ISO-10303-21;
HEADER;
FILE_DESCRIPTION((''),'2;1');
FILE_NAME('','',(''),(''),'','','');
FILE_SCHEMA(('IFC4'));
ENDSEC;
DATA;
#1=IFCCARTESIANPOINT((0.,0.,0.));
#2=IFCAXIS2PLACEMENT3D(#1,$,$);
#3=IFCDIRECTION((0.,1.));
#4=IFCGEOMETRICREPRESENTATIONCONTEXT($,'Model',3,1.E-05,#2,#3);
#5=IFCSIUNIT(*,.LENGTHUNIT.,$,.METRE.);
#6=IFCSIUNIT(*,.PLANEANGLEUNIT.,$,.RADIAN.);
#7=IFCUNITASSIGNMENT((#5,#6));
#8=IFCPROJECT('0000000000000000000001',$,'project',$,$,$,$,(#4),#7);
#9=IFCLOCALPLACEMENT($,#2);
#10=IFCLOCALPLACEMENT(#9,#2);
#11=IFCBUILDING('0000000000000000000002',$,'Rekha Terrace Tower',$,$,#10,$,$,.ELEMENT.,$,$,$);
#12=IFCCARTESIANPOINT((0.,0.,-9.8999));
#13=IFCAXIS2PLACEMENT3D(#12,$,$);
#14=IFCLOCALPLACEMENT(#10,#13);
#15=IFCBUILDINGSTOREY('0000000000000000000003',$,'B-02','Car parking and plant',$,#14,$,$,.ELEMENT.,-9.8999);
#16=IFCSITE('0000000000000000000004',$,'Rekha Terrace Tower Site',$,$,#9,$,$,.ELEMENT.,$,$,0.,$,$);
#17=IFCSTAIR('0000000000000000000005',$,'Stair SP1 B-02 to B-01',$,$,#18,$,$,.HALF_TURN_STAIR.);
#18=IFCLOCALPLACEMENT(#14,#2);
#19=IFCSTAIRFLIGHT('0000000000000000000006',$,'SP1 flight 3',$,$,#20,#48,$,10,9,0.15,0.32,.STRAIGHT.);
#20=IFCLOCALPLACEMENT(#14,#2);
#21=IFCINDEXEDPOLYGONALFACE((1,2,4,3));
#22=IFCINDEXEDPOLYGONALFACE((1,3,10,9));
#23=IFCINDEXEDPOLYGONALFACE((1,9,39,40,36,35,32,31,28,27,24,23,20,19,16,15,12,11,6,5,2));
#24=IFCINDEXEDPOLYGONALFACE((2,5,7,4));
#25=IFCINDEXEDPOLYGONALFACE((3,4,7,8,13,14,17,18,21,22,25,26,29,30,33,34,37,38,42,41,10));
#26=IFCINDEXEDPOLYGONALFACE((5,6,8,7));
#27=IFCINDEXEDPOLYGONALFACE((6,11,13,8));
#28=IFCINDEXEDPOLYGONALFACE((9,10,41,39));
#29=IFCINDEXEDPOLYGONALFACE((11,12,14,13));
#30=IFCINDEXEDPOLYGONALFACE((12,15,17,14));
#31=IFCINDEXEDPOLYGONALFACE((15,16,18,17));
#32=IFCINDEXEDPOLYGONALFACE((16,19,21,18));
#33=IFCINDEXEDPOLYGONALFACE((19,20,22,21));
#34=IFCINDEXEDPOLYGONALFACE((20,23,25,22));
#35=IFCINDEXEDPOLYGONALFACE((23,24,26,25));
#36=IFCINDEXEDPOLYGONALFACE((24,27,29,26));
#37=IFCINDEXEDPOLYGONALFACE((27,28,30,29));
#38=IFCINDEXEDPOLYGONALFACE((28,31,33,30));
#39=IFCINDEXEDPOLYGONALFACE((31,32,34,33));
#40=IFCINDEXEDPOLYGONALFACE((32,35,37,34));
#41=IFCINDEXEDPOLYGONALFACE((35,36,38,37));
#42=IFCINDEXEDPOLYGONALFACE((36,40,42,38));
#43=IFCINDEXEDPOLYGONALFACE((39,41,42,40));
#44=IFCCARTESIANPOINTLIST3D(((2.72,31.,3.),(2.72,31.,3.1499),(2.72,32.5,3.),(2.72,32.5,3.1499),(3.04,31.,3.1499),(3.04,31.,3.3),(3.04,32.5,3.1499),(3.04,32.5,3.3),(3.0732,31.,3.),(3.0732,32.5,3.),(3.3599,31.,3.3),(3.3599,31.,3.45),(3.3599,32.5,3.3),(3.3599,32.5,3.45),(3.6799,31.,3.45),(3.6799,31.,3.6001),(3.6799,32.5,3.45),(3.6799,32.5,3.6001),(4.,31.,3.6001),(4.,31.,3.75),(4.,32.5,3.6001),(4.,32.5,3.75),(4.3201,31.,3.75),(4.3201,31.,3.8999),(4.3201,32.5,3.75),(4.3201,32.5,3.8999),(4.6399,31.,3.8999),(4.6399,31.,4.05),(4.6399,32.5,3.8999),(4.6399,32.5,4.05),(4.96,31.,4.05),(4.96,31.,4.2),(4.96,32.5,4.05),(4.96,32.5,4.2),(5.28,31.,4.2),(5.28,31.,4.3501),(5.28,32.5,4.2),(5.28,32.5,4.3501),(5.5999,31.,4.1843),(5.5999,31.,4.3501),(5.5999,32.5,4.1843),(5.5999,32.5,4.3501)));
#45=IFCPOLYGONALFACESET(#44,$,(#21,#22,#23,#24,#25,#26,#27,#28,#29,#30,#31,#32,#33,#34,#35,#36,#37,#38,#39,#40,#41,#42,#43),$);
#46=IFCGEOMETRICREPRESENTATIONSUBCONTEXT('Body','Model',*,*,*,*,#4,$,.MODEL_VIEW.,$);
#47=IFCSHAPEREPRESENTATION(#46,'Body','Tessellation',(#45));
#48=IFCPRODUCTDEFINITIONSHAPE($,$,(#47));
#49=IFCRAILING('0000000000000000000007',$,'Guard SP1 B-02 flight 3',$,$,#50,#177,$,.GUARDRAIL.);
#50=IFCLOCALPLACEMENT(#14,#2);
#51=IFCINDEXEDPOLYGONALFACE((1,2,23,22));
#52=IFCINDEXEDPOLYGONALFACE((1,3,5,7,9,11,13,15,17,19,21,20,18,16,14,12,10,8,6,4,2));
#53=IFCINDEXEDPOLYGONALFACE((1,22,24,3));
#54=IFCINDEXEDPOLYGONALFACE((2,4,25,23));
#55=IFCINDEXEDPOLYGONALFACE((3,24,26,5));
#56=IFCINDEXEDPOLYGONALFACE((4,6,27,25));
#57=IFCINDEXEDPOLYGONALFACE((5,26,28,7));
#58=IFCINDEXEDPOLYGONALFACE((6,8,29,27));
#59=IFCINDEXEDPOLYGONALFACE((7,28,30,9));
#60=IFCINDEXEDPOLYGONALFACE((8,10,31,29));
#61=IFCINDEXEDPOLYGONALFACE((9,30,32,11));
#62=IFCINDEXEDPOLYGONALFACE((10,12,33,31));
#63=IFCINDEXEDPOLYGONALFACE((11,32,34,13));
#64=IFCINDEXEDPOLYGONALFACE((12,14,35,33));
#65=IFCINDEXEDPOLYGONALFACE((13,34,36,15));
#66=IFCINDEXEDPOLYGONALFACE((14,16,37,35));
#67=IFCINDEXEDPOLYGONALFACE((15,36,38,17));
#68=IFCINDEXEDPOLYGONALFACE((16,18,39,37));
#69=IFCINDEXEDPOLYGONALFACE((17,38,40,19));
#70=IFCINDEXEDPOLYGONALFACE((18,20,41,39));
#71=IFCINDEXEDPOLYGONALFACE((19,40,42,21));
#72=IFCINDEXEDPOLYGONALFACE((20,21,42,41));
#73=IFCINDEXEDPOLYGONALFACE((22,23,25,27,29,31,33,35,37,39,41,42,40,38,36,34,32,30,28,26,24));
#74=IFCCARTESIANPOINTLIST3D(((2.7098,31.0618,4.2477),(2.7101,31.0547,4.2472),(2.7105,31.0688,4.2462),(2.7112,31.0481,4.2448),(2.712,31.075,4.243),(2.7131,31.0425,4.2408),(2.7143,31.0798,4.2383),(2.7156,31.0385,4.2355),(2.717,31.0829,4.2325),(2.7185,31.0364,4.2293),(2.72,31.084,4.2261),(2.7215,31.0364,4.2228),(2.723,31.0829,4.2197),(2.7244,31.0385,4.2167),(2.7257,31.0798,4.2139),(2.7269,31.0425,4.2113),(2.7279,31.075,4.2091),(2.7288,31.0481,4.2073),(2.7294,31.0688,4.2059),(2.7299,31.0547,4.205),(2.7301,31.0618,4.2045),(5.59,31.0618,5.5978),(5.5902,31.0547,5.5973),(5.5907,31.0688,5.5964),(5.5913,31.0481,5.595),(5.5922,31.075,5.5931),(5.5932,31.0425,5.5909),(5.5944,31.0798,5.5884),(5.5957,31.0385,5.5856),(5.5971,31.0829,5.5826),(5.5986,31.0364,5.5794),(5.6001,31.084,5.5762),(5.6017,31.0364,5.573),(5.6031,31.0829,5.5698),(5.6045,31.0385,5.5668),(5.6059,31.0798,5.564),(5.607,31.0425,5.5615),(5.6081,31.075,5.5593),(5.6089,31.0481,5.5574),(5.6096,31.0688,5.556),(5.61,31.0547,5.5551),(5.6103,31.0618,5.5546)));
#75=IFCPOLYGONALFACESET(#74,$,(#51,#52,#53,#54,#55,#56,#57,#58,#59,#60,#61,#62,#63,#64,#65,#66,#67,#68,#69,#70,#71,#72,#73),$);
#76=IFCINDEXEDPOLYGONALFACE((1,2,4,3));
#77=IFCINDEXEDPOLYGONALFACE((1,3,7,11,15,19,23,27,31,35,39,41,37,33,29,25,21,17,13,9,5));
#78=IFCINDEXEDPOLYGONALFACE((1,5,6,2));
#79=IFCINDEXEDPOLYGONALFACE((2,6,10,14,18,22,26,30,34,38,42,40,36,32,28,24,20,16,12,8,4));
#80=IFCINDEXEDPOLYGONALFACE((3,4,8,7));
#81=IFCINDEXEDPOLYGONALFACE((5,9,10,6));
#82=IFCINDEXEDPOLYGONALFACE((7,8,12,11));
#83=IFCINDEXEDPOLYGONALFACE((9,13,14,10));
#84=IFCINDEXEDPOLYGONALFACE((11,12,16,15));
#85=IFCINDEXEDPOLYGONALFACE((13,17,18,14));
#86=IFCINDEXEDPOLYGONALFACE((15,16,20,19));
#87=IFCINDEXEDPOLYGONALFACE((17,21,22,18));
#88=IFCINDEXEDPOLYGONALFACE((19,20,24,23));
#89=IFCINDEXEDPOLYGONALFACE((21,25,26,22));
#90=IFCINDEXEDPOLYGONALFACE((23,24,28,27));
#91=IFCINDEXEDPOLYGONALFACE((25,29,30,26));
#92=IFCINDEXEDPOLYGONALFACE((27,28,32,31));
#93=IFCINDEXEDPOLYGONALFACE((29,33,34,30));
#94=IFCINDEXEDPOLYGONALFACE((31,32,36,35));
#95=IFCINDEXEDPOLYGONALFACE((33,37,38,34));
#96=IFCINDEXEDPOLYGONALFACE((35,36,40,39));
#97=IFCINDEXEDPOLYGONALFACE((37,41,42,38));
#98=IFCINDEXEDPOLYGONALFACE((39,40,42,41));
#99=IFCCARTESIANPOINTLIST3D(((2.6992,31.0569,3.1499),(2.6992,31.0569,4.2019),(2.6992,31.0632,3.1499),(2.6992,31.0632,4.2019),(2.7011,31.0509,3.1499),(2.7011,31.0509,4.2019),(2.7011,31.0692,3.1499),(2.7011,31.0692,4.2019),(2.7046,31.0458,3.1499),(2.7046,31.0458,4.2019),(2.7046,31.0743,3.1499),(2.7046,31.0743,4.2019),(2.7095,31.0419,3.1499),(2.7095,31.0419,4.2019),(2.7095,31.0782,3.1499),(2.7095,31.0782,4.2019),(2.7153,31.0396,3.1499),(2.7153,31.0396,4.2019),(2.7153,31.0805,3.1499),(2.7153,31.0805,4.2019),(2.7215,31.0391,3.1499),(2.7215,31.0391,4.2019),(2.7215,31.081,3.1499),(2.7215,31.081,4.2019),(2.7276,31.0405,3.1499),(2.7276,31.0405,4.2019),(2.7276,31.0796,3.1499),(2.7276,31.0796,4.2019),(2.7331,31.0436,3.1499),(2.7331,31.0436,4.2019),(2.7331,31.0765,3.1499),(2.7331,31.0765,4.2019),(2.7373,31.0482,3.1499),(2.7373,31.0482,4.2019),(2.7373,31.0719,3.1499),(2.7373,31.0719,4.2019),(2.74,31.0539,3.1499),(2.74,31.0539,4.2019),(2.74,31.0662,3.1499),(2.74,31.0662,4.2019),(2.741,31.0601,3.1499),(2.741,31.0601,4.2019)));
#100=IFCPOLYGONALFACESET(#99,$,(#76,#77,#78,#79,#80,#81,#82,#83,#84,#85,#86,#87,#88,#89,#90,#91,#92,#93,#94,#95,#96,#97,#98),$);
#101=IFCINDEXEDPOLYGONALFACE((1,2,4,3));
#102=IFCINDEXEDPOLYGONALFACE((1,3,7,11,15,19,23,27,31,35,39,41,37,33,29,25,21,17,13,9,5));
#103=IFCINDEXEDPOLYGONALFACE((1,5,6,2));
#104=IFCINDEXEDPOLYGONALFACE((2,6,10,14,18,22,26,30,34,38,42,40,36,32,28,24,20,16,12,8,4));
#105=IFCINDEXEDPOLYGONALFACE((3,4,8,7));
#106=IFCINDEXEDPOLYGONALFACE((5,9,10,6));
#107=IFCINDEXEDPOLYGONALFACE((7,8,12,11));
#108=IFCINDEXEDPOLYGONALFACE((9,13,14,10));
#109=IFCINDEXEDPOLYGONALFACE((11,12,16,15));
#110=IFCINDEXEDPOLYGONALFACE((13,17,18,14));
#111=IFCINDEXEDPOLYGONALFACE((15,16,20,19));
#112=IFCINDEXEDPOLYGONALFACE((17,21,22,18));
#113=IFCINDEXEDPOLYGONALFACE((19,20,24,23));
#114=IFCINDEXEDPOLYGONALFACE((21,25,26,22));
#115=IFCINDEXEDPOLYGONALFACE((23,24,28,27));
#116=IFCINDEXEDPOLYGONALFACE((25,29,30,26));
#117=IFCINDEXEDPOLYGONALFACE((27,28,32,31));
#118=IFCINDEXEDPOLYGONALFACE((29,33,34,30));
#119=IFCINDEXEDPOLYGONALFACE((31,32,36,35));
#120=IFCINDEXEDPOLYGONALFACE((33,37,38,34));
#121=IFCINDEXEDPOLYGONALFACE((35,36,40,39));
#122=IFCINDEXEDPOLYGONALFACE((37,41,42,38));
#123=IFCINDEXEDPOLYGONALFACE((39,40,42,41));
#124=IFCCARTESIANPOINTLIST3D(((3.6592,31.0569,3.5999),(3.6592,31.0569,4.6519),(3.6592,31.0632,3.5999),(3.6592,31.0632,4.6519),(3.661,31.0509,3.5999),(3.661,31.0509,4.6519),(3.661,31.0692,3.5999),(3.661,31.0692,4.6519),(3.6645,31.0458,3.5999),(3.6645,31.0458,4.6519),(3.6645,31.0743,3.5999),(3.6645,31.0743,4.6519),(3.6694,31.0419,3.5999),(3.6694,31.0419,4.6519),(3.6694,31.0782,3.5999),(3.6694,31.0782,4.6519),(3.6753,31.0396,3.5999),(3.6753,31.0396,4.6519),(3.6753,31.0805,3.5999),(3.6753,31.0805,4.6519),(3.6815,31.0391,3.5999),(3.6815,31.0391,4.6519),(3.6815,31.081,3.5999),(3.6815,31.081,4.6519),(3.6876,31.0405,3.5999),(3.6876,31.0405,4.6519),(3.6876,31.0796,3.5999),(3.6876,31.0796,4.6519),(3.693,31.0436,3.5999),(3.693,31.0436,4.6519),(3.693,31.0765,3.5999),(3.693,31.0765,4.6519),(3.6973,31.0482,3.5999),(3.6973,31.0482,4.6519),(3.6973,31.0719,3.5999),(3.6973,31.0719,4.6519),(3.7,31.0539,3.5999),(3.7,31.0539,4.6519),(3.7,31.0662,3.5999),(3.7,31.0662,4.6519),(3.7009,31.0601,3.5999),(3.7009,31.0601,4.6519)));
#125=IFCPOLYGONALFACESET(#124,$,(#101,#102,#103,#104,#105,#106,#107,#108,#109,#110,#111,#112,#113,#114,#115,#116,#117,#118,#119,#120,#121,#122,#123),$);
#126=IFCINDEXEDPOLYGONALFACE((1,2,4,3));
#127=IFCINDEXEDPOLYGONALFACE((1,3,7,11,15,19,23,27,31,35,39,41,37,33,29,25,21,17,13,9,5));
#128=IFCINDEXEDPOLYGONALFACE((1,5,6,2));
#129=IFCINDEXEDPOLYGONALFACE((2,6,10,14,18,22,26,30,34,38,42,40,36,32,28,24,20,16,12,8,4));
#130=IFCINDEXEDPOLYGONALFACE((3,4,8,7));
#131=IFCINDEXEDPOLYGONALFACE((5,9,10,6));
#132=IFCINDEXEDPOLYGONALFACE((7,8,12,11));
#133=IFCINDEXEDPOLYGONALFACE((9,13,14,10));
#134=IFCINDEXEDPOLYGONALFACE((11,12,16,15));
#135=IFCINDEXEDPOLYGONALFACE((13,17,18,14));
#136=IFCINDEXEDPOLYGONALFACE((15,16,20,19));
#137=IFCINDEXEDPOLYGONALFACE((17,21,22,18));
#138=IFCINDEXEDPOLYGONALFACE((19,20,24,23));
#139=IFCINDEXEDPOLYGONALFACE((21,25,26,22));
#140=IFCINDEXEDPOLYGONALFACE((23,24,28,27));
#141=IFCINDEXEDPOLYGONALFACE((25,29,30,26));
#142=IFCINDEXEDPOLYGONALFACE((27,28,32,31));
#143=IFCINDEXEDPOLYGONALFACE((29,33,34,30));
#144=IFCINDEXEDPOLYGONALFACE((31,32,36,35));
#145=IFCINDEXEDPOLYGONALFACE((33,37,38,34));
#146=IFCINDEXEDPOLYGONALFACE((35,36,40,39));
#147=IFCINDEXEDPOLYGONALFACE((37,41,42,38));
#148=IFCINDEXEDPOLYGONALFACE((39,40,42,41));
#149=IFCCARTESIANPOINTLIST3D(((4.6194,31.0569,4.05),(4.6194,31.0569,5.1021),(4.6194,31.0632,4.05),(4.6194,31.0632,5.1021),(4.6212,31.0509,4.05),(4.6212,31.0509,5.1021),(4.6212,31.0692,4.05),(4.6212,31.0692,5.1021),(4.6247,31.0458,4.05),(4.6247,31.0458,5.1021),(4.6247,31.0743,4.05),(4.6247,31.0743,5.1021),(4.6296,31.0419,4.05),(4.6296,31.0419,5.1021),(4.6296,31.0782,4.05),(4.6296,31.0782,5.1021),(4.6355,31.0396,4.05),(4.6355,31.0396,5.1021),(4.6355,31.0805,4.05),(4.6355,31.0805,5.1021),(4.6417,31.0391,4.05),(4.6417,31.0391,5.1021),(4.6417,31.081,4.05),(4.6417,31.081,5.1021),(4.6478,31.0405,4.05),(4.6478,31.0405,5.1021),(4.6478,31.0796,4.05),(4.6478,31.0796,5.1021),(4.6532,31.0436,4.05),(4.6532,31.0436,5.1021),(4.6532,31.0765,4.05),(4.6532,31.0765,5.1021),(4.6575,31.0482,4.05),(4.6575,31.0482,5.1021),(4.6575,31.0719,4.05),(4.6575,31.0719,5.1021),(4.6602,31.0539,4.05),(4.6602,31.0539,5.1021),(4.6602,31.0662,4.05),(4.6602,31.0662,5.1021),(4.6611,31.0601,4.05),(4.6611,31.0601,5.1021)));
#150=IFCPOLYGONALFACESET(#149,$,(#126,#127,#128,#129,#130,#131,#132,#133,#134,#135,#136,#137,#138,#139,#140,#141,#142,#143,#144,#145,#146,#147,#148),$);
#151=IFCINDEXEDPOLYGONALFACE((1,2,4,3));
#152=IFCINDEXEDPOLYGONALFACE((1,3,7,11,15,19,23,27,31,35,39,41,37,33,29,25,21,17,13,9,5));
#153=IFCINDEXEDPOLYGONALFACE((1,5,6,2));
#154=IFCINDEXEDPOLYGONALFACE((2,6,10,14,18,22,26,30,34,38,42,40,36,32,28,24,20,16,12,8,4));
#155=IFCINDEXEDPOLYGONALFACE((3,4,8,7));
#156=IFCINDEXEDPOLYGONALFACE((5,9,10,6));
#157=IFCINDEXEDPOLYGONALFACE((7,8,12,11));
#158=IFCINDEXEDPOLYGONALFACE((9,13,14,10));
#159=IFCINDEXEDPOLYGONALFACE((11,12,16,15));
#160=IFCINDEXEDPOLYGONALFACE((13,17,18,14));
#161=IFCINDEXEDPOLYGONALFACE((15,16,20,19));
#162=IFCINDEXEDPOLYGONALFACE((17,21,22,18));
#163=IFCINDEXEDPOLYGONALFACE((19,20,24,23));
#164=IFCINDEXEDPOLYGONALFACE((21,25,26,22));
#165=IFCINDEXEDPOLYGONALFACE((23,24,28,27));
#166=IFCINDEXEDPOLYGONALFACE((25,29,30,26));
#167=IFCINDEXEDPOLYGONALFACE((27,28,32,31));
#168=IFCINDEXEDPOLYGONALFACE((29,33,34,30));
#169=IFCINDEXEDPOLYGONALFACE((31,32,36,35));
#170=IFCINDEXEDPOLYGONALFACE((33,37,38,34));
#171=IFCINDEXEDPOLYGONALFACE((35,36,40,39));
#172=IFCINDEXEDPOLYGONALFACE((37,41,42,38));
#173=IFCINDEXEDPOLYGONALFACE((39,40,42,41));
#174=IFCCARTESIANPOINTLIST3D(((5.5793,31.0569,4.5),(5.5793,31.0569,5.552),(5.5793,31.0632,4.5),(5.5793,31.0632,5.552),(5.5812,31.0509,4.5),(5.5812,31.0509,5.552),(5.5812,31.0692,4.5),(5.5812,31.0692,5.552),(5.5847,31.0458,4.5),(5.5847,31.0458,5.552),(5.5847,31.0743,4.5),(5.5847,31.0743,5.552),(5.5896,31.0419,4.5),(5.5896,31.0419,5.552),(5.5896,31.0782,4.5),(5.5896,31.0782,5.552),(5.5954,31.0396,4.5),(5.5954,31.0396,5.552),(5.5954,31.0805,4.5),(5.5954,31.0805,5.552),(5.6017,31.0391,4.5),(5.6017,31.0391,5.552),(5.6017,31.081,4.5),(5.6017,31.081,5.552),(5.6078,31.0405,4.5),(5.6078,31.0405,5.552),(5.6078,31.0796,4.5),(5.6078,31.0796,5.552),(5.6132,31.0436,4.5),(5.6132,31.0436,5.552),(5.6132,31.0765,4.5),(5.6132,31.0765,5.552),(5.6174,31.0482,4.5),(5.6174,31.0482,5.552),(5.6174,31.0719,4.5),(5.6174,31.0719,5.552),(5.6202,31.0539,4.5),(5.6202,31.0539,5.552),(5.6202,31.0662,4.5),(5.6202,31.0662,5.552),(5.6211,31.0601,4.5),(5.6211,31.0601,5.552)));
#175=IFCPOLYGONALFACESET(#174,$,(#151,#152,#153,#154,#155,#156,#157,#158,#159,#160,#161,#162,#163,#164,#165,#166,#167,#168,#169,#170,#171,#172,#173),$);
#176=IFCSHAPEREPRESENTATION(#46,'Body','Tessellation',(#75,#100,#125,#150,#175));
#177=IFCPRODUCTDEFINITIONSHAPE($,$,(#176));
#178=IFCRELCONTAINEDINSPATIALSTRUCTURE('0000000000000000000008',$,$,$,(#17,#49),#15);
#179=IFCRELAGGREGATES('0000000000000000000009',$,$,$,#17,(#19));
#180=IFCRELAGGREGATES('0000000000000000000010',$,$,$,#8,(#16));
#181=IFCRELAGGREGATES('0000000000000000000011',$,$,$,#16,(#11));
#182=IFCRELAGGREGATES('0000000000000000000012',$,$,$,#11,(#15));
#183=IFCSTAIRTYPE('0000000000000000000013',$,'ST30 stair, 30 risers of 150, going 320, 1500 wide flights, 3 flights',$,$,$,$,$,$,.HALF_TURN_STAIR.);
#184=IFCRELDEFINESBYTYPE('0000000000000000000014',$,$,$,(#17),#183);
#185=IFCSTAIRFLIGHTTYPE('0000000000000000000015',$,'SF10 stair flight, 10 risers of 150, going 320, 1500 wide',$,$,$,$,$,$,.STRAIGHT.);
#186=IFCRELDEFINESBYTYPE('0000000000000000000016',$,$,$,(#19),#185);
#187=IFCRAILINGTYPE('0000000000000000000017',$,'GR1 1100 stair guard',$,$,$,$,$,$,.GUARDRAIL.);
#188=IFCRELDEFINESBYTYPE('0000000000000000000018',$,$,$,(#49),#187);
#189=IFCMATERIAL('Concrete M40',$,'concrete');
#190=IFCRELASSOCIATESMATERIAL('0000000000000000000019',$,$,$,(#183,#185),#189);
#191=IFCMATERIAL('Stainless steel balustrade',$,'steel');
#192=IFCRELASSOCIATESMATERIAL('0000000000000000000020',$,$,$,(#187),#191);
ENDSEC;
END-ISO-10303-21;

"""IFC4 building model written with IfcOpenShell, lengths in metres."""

from ifc_helpers import new_model, si_unit, direction, frame, origin, origin_2d, place, context, subcontext, project, spatial, polyline, circle, outline, extrude, material, type_object, element, aggregate, save


model = new_model("IFC4")

# Units and contexts
model_context = context("Model", 3, precision=1e-05, world=origin(), true_north=direction((0.0, 1.0)))
body_context = subcontext(model_context, "Body", "Model", "MODEL_VIEW")
ifc_project = project(units=[si_unit("LENGTHUNIT", "METRE"), si_unit("PLANEANGLEUNIT", "RADIAN")], contexts=[model_context])

# Site, building, storey
site_placement = place(None, origin())
site = spatial("IfcSite", under=ifc_project, at=site_placement, Name="Rekha Terrace Tower Site", CompositionType="ELEMENT", RefElevation=0.0)
building_placement = place(site_placement, origin())
building = spatial("IfcBuilding", under=site, at=building_placement, Name="Rekha Terrace Tower", CompositionType="ELEMENT")
storey_placement = place(building_placement, frame((0.0, 0.0, -9.8999)))
storey = spatial("IfcBuildingStorey", under=building, at=storey_placement, Name="B-02", Description="Car parking and plant", CompositionType="ELEMENT", Elevation=-9.8999)

# Shared definitions
ifc_material_1 = material(Name="Concrete M40", Category="concrete")

# Stair, stair flight
stair_type = type_object("IfcStairType", Name="ST30 stair, 30 risers of 150, going 320, 1500 wide flights, 3 flights", PredefinedType="HALF_TURN_STAIR", material=ifc_material_1)
stair_placement = place(storey_placement, origin())
stair = element("IfcStair", 1, at=stair_placement, inside=storey, type_object=stair_type, Name="Stair SP1 B-02 to B-01", PredefinedType="HALF_TURN_STAIR")
stair_flight_type = type_object("IfcStairFlightType", Name="SF10 stair flight, 10 risers of 150, going 320, 1500 wide", PredefinedType="STRAIGHT", material=ifc_material_1)
stair_flight_placement = place(storey_placement, frame((2.72, 31.75, 3.0), z_axis=(0.0, 0.0, 1.0), x_axis=(1.0, 0.0, 0.0)))
stair_flight = element("IfcStairFlight", 2, at=stair_flight_placement, type_object=stair_flight_type, Name="SP1 flight 3", NumberOfRisers=10, NumberOfTreads=9, PredefinedType="STRAIGHT", RiserHeight=0.15, TreadLength=0.32, context=body_context, shape_type="SweptSolid", body=[
    extrude(outline(polyline([(0.0, 0.0), (0.0, 0.1499), (0.3201, 0.1499), (0.3201, 0.3), (0.6399, 0.3), (0.6399, 0.45), (0.96, 0.45), (0.96, 0.6001), (1.28, 0.6001), (1.28, 0.75), (1.6001, 0.75), (1.6001, 0.8999), (1.9199, 0.8999), (1.9199, 1.05), (2.24, 1.05), (2.24, 1.2), (2.5601, 1.2), (2.5601, 1.3501), (2.8799, 1.3501), (2.8799, 1.5), (2.8799, 1.1843), (0.3533, 0.0), (0.0, 0.0)])), frame((0.0, 0.75, 0.0), z_axis=(0.0, -1.0, 0.0), x_axis=(1.0, 0.0, 0.0)), (0.0, 0.0, 1.0), 1.5),
])
aggregate(stair, [stair_flight])

# Railing
ifc_material_2 = material(Name="Stainless steel balustrade", Category="steel")
railing_type_1 = type_object("IfcRailingType", Name="GR1 1100 stair guard", PredefinedType="GUARDRAIL", material=ifc_material_2)
railing_1_placement = place(storey_placement, frame((2.72, 31.0601, 3.1499)))
element("IfcRailing", 3, at=railing_1_placement, inside=storey, type_object=railing_type_1, Name="Guard SP1 B-02 flight 3", PredefinedType="GUARDRAIL", context=body_context, shape_type="SweptSolid", body=[
    extrude(circle(Radius=0.0239, at=origin_2d()), frame((0.0, 0.0, 1.0762), z_axis=(0.905454, 0.0, 0.424444), x_axis=(0.0, 1.0, 0.0)), (0.0, 0.0, 1.0), 3.1809),
    extrude(circle(Radius=0.021, at=origin_2d()), origin(), (0.0, 0.0, 1.0), 1.052),
    extrude(circle(Radius=0.021, at=origin_2d()), frame((0.96, 0.0, 0.45)), (0.0, 0.0, 1.0), 1.052),
    extrude(circle(Radius=0.021, at=origin_2d()), frame((1.9202, 0.0, 0.9001)), (0.0, 0.0, 1.0), 1.052),
    extrude(circle(Radius=0.021, at=origin_2d()), frame((2.8801, 0.0, 1.3501)), (0.0, 0.0, 1.0), 1.052),
])

save(model, "model.ifc")
